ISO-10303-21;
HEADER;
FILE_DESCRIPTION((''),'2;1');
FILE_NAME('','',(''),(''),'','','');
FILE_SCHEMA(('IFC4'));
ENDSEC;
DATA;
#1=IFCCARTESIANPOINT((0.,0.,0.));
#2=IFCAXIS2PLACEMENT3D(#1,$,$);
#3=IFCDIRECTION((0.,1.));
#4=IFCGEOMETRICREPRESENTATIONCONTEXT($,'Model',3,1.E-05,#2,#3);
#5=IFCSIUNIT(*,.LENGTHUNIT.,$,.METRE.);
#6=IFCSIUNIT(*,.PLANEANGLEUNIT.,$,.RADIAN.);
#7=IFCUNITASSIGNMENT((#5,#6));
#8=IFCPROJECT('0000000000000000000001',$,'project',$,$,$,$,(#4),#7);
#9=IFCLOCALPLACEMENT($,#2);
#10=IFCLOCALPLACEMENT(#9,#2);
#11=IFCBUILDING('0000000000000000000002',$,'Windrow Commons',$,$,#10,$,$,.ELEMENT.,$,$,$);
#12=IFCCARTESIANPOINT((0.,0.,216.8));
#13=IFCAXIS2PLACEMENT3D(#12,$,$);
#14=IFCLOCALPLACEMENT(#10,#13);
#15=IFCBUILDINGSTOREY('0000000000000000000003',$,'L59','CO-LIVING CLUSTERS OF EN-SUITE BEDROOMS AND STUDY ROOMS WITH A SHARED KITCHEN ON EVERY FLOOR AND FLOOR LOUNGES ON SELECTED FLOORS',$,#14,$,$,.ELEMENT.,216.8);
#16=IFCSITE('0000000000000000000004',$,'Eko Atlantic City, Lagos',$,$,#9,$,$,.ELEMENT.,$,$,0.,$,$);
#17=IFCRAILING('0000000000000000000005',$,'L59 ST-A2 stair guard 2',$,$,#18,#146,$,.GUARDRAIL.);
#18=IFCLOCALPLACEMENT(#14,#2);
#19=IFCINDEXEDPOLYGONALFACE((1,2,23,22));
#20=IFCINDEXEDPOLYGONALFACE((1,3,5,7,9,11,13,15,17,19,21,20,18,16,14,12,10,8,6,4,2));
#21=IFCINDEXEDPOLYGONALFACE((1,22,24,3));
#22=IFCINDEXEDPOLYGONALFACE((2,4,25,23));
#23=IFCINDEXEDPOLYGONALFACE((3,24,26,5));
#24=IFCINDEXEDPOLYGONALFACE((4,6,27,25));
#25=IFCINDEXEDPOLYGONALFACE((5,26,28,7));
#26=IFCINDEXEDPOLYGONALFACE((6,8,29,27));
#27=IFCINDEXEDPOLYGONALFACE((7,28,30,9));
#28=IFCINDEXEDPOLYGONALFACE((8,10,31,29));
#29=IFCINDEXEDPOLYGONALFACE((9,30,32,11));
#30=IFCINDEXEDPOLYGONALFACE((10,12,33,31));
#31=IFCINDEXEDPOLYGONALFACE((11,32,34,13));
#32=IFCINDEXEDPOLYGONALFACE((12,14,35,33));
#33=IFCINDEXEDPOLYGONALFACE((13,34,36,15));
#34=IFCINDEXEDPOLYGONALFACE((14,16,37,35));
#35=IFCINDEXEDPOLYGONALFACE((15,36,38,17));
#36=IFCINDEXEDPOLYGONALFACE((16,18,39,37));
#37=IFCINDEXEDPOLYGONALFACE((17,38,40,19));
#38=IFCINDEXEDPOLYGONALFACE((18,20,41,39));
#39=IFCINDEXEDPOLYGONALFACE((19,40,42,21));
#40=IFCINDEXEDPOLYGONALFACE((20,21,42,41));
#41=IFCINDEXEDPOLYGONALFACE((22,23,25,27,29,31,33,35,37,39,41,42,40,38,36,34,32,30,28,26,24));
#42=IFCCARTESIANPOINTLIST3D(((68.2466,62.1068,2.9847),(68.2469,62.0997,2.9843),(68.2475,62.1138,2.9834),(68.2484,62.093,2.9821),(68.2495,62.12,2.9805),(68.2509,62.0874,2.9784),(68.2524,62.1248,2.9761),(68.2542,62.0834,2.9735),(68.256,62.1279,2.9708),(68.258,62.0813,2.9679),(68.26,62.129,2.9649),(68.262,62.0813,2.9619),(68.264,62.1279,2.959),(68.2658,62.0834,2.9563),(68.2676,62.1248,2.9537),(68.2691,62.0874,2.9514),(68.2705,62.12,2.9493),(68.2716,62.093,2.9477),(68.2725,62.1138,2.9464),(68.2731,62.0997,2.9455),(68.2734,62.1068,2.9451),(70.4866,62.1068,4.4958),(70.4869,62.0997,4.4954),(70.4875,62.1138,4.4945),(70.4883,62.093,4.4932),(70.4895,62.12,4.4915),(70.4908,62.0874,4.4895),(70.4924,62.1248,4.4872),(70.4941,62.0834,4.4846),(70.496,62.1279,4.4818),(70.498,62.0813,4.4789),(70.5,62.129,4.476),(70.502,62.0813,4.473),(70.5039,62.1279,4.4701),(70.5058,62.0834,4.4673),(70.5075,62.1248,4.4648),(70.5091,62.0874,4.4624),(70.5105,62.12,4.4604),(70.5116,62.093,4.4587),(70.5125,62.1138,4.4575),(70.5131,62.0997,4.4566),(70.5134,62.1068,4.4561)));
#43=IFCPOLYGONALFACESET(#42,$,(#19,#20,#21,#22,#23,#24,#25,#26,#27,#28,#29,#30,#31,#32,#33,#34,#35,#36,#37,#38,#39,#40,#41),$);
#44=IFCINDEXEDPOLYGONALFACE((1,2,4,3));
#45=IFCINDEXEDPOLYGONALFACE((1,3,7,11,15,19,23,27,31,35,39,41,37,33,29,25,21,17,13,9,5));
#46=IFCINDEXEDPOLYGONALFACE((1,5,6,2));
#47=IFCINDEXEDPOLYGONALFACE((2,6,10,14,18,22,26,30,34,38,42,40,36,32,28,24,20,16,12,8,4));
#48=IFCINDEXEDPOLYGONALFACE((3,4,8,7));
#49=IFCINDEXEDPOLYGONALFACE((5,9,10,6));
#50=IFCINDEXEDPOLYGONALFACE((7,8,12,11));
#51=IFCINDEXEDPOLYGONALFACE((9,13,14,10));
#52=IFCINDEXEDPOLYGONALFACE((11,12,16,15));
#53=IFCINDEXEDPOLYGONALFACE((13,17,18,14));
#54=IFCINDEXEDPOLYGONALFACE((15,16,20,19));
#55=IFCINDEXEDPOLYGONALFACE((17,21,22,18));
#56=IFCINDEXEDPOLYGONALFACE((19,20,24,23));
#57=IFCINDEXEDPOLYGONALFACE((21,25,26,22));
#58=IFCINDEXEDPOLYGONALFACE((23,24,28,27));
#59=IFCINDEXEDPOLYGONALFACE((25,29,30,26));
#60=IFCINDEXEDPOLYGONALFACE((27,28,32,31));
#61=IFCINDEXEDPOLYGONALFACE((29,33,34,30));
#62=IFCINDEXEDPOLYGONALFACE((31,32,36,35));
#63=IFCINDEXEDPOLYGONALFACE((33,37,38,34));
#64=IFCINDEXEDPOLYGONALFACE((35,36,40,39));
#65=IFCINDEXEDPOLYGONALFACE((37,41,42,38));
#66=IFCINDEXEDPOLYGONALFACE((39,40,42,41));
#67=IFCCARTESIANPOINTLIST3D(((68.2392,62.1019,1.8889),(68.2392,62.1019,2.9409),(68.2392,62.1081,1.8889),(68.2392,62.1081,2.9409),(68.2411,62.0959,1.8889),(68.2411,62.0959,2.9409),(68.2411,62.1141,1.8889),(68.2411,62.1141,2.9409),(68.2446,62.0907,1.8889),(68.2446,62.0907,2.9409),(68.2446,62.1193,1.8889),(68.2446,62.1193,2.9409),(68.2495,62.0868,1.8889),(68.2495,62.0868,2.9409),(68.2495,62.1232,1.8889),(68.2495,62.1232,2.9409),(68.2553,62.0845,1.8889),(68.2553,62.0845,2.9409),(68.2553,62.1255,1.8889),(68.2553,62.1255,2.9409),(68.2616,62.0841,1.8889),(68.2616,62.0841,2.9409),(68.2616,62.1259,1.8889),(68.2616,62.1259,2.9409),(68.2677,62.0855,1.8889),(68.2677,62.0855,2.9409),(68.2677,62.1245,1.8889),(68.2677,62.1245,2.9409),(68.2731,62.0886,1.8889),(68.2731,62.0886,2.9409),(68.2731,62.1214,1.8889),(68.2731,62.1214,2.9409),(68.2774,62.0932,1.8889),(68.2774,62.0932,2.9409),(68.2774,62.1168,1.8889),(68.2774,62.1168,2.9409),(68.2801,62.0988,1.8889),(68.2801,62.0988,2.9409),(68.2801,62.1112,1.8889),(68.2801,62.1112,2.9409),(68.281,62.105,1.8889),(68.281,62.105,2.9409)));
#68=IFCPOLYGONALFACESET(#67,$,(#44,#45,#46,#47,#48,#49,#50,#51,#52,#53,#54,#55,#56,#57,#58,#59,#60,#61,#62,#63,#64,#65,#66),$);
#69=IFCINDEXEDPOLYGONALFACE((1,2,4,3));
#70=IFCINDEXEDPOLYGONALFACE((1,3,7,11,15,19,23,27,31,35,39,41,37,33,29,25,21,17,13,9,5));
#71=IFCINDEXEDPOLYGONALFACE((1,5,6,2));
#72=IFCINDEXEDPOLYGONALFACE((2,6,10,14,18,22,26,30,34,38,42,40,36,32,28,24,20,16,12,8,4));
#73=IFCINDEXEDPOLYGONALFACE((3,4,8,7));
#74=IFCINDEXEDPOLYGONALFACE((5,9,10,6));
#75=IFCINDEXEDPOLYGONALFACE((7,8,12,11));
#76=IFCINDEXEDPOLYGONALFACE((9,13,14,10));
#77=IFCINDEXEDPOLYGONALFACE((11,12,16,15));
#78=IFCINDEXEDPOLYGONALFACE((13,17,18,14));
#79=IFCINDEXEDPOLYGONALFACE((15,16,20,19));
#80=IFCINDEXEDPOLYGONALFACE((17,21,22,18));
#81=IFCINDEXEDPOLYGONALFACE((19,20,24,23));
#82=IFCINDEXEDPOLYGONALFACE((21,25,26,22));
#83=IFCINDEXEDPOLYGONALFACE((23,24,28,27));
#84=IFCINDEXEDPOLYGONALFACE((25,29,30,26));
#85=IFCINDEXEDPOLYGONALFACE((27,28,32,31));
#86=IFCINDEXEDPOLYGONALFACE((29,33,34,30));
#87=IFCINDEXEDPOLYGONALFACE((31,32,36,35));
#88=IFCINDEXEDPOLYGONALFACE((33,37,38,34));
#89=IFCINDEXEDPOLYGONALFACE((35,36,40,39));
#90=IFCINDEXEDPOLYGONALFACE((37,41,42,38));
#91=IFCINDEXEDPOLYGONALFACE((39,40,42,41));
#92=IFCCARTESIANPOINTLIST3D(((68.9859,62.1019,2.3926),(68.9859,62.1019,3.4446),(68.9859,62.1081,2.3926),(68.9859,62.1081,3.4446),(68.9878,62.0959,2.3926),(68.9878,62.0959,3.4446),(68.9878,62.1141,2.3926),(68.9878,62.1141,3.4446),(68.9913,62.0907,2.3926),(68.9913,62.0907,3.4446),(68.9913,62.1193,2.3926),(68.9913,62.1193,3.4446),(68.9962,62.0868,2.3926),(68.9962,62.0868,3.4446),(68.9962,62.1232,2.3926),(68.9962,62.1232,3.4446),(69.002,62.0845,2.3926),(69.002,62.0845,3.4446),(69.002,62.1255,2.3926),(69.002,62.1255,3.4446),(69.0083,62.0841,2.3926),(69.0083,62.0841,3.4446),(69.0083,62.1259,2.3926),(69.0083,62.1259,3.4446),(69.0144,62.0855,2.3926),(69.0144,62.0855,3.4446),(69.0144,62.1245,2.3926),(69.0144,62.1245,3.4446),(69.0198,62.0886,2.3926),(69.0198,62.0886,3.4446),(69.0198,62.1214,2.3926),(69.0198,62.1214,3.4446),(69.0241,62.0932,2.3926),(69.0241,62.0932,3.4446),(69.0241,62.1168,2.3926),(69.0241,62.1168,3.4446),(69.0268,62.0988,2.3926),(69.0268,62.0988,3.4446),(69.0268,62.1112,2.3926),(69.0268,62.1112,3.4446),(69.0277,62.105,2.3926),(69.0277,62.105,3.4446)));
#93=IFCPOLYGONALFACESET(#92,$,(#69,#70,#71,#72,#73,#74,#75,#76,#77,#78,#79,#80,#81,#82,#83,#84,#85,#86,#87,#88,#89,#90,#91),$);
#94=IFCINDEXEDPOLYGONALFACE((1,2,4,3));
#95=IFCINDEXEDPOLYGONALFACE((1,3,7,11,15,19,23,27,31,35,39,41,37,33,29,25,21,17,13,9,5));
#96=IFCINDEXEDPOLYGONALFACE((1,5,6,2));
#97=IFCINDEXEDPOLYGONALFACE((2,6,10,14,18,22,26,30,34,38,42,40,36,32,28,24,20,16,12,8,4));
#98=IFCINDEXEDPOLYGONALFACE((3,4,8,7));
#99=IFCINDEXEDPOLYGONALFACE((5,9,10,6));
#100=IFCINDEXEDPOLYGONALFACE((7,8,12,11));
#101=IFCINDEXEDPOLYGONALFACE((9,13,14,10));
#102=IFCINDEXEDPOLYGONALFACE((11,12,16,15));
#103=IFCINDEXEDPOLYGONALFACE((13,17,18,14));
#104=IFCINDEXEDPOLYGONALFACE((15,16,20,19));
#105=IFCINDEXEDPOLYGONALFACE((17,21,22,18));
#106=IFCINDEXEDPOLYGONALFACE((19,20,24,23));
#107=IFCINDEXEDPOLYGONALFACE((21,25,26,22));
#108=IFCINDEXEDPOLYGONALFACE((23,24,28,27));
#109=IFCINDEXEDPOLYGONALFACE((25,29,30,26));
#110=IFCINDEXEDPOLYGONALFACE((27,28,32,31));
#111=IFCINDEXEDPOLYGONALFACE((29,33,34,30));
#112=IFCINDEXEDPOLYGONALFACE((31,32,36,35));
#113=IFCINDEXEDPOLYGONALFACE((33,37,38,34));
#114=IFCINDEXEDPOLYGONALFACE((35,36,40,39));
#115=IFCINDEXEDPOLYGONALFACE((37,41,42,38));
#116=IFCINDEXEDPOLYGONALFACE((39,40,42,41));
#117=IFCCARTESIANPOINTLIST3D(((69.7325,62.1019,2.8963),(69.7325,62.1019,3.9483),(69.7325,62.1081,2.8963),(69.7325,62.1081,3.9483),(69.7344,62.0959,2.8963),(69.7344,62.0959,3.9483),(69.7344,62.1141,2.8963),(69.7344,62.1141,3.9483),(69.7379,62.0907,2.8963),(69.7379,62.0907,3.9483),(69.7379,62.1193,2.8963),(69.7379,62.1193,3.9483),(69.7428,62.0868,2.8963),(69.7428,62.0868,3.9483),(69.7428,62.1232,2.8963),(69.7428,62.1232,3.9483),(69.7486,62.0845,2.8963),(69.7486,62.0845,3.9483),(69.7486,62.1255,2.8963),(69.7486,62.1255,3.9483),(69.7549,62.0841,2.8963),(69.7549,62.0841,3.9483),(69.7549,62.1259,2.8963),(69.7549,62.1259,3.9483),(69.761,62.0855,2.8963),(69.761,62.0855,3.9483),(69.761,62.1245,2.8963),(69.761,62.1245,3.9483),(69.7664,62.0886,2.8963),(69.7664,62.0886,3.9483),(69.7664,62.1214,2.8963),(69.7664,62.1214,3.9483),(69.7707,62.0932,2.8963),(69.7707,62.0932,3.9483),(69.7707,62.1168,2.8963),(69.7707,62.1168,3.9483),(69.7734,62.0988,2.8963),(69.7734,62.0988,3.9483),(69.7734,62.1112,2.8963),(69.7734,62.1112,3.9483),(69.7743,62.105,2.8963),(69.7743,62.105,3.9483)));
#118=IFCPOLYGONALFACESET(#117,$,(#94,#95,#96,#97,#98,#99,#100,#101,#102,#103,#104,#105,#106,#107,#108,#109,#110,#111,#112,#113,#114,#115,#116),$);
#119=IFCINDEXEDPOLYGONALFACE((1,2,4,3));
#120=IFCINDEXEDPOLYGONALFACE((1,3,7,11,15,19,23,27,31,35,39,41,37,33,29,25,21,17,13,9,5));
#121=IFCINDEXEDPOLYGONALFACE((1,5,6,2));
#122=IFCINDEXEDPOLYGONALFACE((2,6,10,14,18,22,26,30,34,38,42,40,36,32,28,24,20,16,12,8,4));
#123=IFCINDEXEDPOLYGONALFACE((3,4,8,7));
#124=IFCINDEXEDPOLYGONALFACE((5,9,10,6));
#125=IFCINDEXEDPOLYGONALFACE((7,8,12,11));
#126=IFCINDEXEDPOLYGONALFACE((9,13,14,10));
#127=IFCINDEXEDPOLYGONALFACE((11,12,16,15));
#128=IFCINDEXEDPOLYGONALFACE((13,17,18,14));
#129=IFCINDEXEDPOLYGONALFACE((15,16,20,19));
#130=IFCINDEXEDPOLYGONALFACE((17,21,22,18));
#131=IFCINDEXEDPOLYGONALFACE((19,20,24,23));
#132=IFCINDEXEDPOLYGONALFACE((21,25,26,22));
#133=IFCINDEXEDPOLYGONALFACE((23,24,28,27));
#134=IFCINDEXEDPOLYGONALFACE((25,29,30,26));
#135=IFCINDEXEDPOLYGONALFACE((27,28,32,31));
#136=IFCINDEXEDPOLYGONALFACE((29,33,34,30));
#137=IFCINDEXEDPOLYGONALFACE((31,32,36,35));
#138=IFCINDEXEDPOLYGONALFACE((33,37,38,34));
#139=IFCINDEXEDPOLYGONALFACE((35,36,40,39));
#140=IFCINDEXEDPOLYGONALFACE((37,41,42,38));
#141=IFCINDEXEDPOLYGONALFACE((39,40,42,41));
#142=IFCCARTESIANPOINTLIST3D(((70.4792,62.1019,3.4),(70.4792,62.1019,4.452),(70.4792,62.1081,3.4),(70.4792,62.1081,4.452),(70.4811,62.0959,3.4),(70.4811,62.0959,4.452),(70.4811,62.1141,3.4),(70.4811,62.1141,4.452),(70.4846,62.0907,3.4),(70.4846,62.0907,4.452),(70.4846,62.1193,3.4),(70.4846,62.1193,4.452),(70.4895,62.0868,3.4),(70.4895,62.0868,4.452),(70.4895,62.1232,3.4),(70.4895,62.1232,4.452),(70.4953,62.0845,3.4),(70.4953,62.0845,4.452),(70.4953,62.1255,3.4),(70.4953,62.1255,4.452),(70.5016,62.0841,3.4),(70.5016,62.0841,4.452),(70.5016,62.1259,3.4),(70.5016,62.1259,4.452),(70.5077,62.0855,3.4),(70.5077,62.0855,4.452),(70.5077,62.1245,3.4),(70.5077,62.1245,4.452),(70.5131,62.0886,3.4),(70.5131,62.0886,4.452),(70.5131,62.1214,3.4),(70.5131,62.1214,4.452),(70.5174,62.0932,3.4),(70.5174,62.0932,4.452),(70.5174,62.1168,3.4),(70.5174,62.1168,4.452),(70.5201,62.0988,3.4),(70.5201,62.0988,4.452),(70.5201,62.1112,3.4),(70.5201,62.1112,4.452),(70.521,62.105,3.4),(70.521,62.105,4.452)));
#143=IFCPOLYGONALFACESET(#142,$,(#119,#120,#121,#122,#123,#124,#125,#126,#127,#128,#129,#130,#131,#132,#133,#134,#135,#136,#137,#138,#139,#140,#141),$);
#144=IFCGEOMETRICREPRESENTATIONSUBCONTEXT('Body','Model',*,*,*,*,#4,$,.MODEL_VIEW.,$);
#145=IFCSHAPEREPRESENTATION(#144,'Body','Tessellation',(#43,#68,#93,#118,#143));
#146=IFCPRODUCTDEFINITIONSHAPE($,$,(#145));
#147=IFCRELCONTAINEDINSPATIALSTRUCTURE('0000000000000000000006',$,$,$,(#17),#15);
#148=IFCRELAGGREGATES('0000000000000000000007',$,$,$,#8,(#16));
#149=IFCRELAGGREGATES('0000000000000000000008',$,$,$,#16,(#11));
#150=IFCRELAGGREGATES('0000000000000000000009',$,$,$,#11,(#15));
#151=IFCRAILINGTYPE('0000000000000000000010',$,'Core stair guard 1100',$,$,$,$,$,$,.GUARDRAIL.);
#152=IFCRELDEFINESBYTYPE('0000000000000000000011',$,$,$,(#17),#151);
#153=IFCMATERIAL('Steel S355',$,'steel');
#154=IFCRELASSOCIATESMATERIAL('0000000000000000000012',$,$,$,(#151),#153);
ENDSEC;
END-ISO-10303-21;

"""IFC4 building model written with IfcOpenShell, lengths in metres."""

from ifc_helpers import new_model, si_unit, direction, frame, origin, origin_2d, place, context, subcontext, project, spatial, circle, extrude, material, type_object, element, save


model = new_model("IFC4")

# Units and contexts
model_context = context("Model", 3, precision=1e-05, world=origin(), true_north=direction((0.0, 1.0)))
body_context = subcontext(model_context, "Body", "Model", "MODEL_VIEW")
ifc_project = project(units=[si_unit("LENGTHUNIT", "METRE"), si_unit("PLANEANGLEUNIT", "RADIAN")], contexts=[model_context])

# Site, building, storey
site_placement = place(None, origin())
site = spatial("IfcSite", under=ifc_project, at=site_placement, Name="Eko Atlantic City, Lagos", CompositionType="ELEMENT", RefElevation=0.0)
building_placement = place(site_placement, origin())
building = spatial("IfcBuilding", under=site, at=building_placement, Name="Windrow Commons", CompositionType="ELEMENT")
storey_placement = place(building_placement, frame((0.0, 0.0, 216.8)))
storey = spatial("IfcBuildingStorey", under=building, at=storey_placement, Name="L59", Description="CO-LIVING CLUSTERS OF EN-SUITE BEDROOMS AND STUDY ROOMS WITH A SHARED KITCHEN ON EVERY FLOOR AND FLOOR LOUNGES ON SELECTED FLOORS", CompositionType="ELEMENT", Elevation=216.8)

# Railing
ifc_material_1 = material(Name="Steel S355", Category="steel")
railing_type_1 = type_object("IfcRailingType", Name="Core stair guard 1100", PredefinedType="GUARDRAIL", material=ifc_material_1)
railing_1_placement = place(storey_placement, frame((68.26, 62.105, 1.8889)))
element("IfcRailing", 1, at=railing_1_placement, inside=storey, type_object=railing_type_1, Name="L59 ST-A2 stair guard 2", PredefinedType="GUARDRAIL", context=body_context, shape_type="SweptSolid", body=[
    extrude(circle(Radius=0.024, at=origin_2d()), frame((0.0, 0.0, 1.076), z_axis=(0.829003, 0.0, 0.559244), x_axis=(0.0, 1.0, 0.0)), (0.0, 0.0, 1.0), 2.702),
    extrude(circle(Radius=0.021, at=origin_2d()), origin(), (0.0, 0.0, 1.0), 1.052),
    extrude(circle(Radius=0.021, at=origin_2d()), frame((0.7467, 0.0, 0.5037)), (0.0, 0.0, 1.0), 1.052),
    extrude(circle(Radius=0.021, at=origin_2d()), frame((1.4933, 0.0, 1.0074)), (0.0, 0.0, 1.0), 1.052),
    extrude(circle(Radius=0.021, at=origin_2d()), frame((2.24, 0.0, 1.5111)), (0.0, 0.0, 1.0), 1.052),
])

save(model, "model.ifc")
